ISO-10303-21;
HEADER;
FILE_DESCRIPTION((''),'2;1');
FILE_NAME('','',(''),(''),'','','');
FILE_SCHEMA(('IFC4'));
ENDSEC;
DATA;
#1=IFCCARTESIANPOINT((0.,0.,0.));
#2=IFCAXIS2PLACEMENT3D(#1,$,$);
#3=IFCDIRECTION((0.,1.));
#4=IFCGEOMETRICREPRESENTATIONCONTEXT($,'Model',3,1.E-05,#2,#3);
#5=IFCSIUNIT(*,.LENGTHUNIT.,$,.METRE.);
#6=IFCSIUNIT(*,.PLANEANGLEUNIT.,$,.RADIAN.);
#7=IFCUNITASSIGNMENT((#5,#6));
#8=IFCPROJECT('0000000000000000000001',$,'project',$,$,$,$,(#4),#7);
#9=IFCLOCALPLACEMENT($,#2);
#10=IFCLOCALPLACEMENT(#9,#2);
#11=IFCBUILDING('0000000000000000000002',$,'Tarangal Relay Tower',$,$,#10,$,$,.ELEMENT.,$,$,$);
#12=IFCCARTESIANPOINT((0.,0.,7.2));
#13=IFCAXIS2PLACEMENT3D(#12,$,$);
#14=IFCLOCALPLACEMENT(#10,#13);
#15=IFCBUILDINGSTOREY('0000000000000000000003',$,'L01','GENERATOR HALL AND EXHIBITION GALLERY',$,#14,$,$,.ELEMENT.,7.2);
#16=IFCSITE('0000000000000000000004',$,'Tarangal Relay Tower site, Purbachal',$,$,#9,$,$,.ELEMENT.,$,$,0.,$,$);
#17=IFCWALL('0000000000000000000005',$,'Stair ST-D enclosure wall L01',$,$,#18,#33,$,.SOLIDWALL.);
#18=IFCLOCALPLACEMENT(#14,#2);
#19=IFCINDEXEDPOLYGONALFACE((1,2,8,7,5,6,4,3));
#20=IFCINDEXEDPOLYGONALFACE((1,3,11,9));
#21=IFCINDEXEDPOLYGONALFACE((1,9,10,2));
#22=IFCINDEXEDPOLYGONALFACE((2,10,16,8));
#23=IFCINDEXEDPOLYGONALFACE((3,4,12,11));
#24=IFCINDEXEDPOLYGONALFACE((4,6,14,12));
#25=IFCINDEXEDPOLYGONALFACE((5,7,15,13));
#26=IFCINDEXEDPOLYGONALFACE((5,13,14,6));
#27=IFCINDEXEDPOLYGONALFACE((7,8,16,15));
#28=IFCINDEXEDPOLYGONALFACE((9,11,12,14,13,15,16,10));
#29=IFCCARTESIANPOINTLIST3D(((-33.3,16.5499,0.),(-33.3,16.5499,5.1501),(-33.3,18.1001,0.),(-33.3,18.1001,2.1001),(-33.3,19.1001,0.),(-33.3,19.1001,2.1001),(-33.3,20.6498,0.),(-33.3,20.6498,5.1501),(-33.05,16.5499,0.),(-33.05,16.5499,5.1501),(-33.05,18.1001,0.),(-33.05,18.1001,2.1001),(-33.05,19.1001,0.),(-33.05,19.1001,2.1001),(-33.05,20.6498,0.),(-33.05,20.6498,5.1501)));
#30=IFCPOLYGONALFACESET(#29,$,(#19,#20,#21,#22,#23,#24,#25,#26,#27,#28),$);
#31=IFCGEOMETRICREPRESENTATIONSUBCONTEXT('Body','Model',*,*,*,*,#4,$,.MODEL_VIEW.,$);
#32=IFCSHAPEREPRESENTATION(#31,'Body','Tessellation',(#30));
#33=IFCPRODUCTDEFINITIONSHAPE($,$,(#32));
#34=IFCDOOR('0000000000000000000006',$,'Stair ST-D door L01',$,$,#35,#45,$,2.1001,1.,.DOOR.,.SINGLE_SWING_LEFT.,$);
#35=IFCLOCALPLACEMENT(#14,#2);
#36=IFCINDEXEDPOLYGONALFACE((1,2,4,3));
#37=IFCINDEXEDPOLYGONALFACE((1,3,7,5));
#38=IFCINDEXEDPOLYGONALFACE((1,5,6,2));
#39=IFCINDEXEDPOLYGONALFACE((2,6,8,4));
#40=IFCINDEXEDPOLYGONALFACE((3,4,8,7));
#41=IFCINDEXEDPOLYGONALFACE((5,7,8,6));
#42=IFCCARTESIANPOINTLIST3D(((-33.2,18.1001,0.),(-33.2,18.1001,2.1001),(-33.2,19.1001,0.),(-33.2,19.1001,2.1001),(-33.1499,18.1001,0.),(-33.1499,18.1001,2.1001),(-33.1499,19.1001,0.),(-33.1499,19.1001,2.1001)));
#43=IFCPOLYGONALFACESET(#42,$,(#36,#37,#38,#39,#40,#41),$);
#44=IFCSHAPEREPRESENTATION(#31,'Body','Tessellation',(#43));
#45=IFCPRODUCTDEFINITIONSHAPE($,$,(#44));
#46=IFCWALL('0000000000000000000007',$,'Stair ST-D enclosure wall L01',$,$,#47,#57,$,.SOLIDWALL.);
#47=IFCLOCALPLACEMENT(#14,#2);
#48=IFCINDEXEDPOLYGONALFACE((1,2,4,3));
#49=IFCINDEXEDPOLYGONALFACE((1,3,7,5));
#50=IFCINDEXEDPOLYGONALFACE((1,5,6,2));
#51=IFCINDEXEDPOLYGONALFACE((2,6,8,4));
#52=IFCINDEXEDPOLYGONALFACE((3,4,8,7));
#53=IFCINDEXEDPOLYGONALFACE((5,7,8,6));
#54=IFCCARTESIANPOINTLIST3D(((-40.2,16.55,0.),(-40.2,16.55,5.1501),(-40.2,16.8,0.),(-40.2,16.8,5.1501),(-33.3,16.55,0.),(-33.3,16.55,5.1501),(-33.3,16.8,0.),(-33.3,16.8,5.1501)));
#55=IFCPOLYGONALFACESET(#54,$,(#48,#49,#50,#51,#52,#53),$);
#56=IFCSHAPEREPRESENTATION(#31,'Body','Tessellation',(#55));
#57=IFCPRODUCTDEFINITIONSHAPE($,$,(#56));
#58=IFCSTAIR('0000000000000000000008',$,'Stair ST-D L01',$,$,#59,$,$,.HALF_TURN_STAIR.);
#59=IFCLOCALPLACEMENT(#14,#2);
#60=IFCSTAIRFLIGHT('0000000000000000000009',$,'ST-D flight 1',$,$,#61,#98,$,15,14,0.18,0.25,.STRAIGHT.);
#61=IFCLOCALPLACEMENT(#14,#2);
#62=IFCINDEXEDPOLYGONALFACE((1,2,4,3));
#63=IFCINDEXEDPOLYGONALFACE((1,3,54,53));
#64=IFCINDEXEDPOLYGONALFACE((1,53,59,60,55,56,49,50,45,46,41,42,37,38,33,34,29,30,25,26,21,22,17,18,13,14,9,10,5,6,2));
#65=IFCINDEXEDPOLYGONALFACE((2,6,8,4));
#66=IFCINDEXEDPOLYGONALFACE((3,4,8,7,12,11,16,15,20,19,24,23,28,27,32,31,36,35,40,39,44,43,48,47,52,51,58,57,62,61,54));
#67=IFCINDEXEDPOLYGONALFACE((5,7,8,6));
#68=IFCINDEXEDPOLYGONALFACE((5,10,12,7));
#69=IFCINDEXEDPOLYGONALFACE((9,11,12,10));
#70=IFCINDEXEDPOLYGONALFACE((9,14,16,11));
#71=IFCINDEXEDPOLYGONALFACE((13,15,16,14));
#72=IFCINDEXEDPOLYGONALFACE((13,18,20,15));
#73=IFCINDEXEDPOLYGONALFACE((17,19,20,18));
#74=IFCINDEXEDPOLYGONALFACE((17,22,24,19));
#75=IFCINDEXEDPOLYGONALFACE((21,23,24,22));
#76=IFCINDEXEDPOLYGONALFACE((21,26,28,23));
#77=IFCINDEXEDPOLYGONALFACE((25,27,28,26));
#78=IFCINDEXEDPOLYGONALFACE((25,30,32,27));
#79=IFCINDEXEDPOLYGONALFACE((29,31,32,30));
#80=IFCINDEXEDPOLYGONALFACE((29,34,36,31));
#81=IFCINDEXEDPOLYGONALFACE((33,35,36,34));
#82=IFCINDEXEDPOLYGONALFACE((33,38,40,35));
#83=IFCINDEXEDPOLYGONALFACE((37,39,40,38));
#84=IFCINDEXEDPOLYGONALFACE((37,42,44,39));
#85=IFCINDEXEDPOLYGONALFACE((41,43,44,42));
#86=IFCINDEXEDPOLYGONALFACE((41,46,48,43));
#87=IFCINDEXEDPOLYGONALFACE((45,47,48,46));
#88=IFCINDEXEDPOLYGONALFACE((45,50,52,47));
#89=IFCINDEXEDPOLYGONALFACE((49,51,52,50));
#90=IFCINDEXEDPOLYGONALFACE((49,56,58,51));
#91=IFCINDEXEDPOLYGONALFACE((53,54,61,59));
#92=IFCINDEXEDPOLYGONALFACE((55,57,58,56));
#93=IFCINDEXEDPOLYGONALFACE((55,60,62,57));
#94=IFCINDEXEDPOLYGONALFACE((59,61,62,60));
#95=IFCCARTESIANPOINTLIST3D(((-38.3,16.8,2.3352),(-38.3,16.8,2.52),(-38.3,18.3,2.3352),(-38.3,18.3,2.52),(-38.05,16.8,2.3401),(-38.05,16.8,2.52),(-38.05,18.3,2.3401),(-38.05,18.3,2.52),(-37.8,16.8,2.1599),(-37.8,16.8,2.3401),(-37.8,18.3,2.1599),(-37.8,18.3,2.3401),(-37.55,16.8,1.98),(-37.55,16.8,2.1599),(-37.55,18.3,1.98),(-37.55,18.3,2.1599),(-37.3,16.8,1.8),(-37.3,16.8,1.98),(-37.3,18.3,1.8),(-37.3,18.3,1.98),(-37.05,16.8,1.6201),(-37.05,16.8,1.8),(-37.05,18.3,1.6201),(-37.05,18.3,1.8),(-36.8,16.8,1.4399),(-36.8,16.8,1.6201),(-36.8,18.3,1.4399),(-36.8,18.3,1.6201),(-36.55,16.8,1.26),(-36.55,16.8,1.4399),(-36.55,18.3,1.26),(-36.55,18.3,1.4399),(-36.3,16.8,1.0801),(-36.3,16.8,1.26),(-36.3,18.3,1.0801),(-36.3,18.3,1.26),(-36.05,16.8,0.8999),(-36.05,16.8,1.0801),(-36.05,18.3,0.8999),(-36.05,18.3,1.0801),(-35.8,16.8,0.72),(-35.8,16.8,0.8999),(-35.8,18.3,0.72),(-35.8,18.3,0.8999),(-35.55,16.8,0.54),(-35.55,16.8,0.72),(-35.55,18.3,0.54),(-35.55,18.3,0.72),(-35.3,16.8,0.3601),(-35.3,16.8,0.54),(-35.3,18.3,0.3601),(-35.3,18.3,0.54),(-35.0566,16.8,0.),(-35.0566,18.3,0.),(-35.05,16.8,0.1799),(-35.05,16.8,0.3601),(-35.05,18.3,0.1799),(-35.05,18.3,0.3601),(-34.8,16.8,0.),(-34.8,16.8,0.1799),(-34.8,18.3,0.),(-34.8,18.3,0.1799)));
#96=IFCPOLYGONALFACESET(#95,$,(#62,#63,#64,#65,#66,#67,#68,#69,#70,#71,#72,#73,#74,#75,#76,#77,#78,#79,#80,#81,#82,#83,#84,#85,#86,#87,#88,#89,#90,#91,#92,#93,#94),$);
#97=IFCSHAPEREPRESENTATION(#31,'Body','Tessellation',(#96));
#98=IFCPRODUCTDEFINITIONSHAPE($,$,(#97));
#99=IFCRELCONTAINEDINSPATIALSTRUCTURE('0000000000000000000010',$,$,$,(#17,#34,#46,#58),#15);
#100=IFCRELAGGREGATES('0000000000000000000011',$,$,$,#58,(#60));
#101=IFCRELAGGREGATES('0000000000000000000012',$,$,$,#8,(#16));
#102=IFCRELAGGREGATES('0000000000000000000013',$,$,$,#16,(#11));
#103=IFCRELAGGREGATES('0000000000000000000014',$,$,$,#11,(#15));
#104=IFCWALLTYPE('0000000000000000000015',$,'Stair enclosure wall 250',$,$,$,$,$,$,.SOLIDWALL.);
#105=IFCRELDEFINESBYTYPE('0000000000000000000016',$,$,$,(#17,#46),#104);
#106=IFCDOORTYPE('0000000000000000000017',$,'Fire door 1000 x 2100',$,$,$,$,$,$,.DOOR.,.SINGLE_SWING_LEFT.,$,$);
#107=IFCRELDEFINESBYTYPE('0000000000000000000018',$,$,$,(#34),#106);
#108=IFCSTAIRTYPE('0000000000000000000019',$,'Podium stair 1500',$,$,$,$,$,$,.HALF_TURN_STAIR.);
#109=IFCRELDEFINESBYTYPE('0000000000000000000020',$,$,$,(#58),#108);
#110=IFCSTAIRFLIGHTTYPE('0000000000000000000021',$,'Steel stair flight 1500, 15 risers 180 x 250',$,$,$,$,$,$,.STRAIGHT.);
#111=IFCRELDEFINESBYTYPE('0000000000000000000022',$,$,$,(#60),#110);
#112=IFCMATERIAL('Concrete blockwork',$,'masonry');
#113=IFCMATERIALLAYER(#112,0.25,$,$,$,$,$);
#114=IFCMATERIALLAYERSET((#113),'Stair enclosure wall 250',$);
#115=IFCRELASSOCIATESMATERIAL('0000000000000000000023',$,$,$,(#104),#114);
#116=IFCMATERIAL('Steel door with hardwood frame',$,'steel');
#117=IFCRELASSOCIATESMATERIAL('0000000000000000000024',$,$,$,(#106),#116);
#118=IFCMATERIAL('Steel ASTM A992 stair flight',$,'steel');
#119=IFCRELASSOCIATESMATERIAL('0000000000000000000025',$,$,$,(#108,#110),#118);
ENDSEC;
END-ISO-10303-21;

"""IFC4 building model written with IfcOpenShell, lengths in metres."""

from ifc_helpers import new_model, si_unit, direction, frame, frame_2d, origin, place, context, subcontext, project, spatial, polyline, rectangle, outline, extrude, material, layer, layer_set, type_object, element, fill, aggregate, save


model = new_model("IFC4")

# Units and contexts
model_context = context("Model", 3, precision=1e-05, world=origin(), true_north=direction((0.0, 1.0)))
body_context = subcontext(model_context, "Body", "Model", "MODEL_VIEW")
ifc_project = project(units=[si_unit("LENGTHUNIT", "METRE"), si_unit("PLANEANGLEUNIT", "RADIAN")], contexts=[model_context])

# Site, building, storey
site_placement = place(None, origin())
site = spatial("IfcSite", under=ifc_project, at=site_placement, Name="Tarangal Relay Tower site, Purbachal", CompositionType="ELEMENT", RefElevation=0.0)
building_placement = place(site_placement, origin())
building = spatial("IfcBuilding", under=site, at=building_placement, Name="Tarangal Relay Tower", CompositionType="ELEMENT")
storey_placement = place(building_placement, frame((0.0, 0.0, 7.2)))
storey = spatial("IfcBuildingStorey", under=building, at=storey_placement, Name="L01", Description="GENERATOR HALL AND EXHIBITION GALLERY", CompositionType="ELEMENT", Elevation=7.2)

# Shared definitions
ifc_material_1 = material(Name="Concrete blockwork", Category="masonry")
ifc_layer_1 = layer(ifc_material_1, 0.25)
ifc_layer_set_1 = layer_set([ifc_layer_1], Name="Stair enclosure wall 250")
wall_type = type_object("IfcWallType", Name="Stair enclosure wall 250", PredefinedType="SOLIDWALL", material=ifc_layer_set_1)

# Wall, opening, door
wall_1_placement = place(storey_placement, frame((-33.175, 16.55, 0.0), z_axis=(0.0, 0.0, 1.0), x_axis=(0.0, 1.0, 0.0)))
wall_1 = element("IfcWall", 1, at=wall_1_placement, inside=storey, type_object=wall_type, Name="Stair ST-D enclosure wall L01", PredefinedType="SOLIDWALL", context=body_context, shape_type="SweptSolid", body=[
    extrude(rectangle(XDim=4.0999, YDim=0.25, at=frame_2d((2.0498, 0.0))), origin(), (0.0, 0.0, 1.0), 5.1501),
])
opening_placement = place(wall_1_placement, frame((1.55, 0.0, 0.0)))
opening = element("IfcOpeningElement", 2, at=opening_placement, cuts=wall_1, PredefinedType="OPENING", context=body_context, shape_type="SweptSolid", body=[
    extrude(rectangle(XDim=1.0, YDim=2.1001, at=frame_2d((0.5, 1.05))), frame((0.0, 0.135, 0.0), z_axis=(0.0, -1.0, 0.0), x_axis=(1.0, 0.0, 0.0)), (0.0, 0.0, 1.0), 0.27),
])
ifc_material_2 = material(Name="Steel door with hardwood frame", Category="steel")
door_type = type_object("IfcDoorType", Name="Fire door 1000 x 2100", OperationType="SINGLE_SWING_LEFT", PredefinedType="DOOR", material=ifc_material_2)
door_placement = place(opening_placement, origin())
door = element("IfcDoor", 3, at=door_placement, inside=storey, type_object=door_type, Name="Stair ST-D door L01", OperationType="SINGLE_SWING_LEFT", OverallHeight=2.1001, OverallWidth=1.0, PredefinedType="DOOR", context=body_context, shape_type="SweptSolid", body=[
    extrude(rectangle(XDim=1.0, YDim=2.1001, at=frame_2d((0.5, 1.05))), frame((0.0, 0.0249, 0.0), z_axis=(0.0, -1.0, 0.0), x_axis=(1.0, 0.0, 0.0)), (0.0, 0.0, 1.0), 0.05),
])
fill(opening, door)

# Wall
wall_2_placement = place(storey_placement, frame((-40.2, 16.675, 0.0), z_axis=(0.0, 0.0, 1.0), x_axis=(1.0, 0.0, 0.0)))
element("IfcWall", 4, at=wall_2_placement, inside=storey, type_object=wall_type, Name="Stair ST-D enclosure wall L01", PredefinedType="SOLIDWALL", context=body_context, shape_type="SweptSolid", body=[
    extrude(rectangle(XDim=6.8999, YDim=0.25, at=frame_2d((3.45, 0.0))), origin(), (0.0, 0.0, 1.0), 5.1501),
])

# Stair, stair flight
ifc_material_3 = material(Name="Steel ASTM A992 stair flight", Category="steel")
stair_type = type_object("IfcStairType", Name="Podium stair 1500", PredefinedType="HALF_TURN_STAIR", material=ifc_material_3)
stair_placement = place(storey_placement, origin())
stair = element("IfcStair", 5, at=stair_placement, inside=storey, type_object=stair_type, Name="Stair ST-D L01", PredefinedType="HALF_TURN_STAIR")
stair_flight_type = type_object("IfcStairFlightType", Name="Steel stair flight 1500, 15 risers 180 x 250", PredefinedType="STRAIGHT", material=ifc_material_3)
stair_flight_placement = place(storey_placement, frame((-34.8, 17.55, 0.0), z_axis=(0.0, 0.0, 1.0), x_axis=(-1.0, 0.0, 0.0)))
stair_flight = element("IfcStairFlight", 6, at=stair_flight_placement, type_object=stair_flight_type, Name="ST-D flight 1", NumberOfRisers=15, NumberOfTreads=14, PredefinedType="STRAIGHT", RiserHeight=0.18, TreadLength=0.25, context=body_context, shape_type="SweptSolid", body=[
    extrude(outline(polyline([(0.0, 0.0), (0.0, 0.1799), (0.25, 0.1799), (0.25, 0.3601), (0.5, 0.3601), (0.5, 0.54), (0.75, 0.54), (0.75, 0.72), (1.0, 0.72), (1.0, 0.8999), (1.25, 0.8999), (1.25, 1.0801), (1.5, 1.0801), (1.5, 1.26), (1.75, 1.26), (1.75, 1.4399), (2.0, 1.4399), (2.0, 1.6201), (2.25, 1.6201), (2.25, 1.8), (2.5, 1.8), (2.5, 1.98), (2.75, 1.98), (2.75, 2.1599), (3.0, 2.1599), (3.0, 2.3401), (3.25, 2.3401), (3.25, 2.52), (3.5, 2.52), (3.5, 2.7), (3.5, 2.3352), (0.2566, 0.0), (0.0, 0.0)])), frame((0.0, 0.75, 0.0), z_axis=(0.0, -1.0, 0.0), x_axis=(1.0, 0.0, 0.0)), (0.0, 0.0, 1.0), 1.5),
])
aggregate(stair, [stair_flight])

save(model, "model.ifc")
